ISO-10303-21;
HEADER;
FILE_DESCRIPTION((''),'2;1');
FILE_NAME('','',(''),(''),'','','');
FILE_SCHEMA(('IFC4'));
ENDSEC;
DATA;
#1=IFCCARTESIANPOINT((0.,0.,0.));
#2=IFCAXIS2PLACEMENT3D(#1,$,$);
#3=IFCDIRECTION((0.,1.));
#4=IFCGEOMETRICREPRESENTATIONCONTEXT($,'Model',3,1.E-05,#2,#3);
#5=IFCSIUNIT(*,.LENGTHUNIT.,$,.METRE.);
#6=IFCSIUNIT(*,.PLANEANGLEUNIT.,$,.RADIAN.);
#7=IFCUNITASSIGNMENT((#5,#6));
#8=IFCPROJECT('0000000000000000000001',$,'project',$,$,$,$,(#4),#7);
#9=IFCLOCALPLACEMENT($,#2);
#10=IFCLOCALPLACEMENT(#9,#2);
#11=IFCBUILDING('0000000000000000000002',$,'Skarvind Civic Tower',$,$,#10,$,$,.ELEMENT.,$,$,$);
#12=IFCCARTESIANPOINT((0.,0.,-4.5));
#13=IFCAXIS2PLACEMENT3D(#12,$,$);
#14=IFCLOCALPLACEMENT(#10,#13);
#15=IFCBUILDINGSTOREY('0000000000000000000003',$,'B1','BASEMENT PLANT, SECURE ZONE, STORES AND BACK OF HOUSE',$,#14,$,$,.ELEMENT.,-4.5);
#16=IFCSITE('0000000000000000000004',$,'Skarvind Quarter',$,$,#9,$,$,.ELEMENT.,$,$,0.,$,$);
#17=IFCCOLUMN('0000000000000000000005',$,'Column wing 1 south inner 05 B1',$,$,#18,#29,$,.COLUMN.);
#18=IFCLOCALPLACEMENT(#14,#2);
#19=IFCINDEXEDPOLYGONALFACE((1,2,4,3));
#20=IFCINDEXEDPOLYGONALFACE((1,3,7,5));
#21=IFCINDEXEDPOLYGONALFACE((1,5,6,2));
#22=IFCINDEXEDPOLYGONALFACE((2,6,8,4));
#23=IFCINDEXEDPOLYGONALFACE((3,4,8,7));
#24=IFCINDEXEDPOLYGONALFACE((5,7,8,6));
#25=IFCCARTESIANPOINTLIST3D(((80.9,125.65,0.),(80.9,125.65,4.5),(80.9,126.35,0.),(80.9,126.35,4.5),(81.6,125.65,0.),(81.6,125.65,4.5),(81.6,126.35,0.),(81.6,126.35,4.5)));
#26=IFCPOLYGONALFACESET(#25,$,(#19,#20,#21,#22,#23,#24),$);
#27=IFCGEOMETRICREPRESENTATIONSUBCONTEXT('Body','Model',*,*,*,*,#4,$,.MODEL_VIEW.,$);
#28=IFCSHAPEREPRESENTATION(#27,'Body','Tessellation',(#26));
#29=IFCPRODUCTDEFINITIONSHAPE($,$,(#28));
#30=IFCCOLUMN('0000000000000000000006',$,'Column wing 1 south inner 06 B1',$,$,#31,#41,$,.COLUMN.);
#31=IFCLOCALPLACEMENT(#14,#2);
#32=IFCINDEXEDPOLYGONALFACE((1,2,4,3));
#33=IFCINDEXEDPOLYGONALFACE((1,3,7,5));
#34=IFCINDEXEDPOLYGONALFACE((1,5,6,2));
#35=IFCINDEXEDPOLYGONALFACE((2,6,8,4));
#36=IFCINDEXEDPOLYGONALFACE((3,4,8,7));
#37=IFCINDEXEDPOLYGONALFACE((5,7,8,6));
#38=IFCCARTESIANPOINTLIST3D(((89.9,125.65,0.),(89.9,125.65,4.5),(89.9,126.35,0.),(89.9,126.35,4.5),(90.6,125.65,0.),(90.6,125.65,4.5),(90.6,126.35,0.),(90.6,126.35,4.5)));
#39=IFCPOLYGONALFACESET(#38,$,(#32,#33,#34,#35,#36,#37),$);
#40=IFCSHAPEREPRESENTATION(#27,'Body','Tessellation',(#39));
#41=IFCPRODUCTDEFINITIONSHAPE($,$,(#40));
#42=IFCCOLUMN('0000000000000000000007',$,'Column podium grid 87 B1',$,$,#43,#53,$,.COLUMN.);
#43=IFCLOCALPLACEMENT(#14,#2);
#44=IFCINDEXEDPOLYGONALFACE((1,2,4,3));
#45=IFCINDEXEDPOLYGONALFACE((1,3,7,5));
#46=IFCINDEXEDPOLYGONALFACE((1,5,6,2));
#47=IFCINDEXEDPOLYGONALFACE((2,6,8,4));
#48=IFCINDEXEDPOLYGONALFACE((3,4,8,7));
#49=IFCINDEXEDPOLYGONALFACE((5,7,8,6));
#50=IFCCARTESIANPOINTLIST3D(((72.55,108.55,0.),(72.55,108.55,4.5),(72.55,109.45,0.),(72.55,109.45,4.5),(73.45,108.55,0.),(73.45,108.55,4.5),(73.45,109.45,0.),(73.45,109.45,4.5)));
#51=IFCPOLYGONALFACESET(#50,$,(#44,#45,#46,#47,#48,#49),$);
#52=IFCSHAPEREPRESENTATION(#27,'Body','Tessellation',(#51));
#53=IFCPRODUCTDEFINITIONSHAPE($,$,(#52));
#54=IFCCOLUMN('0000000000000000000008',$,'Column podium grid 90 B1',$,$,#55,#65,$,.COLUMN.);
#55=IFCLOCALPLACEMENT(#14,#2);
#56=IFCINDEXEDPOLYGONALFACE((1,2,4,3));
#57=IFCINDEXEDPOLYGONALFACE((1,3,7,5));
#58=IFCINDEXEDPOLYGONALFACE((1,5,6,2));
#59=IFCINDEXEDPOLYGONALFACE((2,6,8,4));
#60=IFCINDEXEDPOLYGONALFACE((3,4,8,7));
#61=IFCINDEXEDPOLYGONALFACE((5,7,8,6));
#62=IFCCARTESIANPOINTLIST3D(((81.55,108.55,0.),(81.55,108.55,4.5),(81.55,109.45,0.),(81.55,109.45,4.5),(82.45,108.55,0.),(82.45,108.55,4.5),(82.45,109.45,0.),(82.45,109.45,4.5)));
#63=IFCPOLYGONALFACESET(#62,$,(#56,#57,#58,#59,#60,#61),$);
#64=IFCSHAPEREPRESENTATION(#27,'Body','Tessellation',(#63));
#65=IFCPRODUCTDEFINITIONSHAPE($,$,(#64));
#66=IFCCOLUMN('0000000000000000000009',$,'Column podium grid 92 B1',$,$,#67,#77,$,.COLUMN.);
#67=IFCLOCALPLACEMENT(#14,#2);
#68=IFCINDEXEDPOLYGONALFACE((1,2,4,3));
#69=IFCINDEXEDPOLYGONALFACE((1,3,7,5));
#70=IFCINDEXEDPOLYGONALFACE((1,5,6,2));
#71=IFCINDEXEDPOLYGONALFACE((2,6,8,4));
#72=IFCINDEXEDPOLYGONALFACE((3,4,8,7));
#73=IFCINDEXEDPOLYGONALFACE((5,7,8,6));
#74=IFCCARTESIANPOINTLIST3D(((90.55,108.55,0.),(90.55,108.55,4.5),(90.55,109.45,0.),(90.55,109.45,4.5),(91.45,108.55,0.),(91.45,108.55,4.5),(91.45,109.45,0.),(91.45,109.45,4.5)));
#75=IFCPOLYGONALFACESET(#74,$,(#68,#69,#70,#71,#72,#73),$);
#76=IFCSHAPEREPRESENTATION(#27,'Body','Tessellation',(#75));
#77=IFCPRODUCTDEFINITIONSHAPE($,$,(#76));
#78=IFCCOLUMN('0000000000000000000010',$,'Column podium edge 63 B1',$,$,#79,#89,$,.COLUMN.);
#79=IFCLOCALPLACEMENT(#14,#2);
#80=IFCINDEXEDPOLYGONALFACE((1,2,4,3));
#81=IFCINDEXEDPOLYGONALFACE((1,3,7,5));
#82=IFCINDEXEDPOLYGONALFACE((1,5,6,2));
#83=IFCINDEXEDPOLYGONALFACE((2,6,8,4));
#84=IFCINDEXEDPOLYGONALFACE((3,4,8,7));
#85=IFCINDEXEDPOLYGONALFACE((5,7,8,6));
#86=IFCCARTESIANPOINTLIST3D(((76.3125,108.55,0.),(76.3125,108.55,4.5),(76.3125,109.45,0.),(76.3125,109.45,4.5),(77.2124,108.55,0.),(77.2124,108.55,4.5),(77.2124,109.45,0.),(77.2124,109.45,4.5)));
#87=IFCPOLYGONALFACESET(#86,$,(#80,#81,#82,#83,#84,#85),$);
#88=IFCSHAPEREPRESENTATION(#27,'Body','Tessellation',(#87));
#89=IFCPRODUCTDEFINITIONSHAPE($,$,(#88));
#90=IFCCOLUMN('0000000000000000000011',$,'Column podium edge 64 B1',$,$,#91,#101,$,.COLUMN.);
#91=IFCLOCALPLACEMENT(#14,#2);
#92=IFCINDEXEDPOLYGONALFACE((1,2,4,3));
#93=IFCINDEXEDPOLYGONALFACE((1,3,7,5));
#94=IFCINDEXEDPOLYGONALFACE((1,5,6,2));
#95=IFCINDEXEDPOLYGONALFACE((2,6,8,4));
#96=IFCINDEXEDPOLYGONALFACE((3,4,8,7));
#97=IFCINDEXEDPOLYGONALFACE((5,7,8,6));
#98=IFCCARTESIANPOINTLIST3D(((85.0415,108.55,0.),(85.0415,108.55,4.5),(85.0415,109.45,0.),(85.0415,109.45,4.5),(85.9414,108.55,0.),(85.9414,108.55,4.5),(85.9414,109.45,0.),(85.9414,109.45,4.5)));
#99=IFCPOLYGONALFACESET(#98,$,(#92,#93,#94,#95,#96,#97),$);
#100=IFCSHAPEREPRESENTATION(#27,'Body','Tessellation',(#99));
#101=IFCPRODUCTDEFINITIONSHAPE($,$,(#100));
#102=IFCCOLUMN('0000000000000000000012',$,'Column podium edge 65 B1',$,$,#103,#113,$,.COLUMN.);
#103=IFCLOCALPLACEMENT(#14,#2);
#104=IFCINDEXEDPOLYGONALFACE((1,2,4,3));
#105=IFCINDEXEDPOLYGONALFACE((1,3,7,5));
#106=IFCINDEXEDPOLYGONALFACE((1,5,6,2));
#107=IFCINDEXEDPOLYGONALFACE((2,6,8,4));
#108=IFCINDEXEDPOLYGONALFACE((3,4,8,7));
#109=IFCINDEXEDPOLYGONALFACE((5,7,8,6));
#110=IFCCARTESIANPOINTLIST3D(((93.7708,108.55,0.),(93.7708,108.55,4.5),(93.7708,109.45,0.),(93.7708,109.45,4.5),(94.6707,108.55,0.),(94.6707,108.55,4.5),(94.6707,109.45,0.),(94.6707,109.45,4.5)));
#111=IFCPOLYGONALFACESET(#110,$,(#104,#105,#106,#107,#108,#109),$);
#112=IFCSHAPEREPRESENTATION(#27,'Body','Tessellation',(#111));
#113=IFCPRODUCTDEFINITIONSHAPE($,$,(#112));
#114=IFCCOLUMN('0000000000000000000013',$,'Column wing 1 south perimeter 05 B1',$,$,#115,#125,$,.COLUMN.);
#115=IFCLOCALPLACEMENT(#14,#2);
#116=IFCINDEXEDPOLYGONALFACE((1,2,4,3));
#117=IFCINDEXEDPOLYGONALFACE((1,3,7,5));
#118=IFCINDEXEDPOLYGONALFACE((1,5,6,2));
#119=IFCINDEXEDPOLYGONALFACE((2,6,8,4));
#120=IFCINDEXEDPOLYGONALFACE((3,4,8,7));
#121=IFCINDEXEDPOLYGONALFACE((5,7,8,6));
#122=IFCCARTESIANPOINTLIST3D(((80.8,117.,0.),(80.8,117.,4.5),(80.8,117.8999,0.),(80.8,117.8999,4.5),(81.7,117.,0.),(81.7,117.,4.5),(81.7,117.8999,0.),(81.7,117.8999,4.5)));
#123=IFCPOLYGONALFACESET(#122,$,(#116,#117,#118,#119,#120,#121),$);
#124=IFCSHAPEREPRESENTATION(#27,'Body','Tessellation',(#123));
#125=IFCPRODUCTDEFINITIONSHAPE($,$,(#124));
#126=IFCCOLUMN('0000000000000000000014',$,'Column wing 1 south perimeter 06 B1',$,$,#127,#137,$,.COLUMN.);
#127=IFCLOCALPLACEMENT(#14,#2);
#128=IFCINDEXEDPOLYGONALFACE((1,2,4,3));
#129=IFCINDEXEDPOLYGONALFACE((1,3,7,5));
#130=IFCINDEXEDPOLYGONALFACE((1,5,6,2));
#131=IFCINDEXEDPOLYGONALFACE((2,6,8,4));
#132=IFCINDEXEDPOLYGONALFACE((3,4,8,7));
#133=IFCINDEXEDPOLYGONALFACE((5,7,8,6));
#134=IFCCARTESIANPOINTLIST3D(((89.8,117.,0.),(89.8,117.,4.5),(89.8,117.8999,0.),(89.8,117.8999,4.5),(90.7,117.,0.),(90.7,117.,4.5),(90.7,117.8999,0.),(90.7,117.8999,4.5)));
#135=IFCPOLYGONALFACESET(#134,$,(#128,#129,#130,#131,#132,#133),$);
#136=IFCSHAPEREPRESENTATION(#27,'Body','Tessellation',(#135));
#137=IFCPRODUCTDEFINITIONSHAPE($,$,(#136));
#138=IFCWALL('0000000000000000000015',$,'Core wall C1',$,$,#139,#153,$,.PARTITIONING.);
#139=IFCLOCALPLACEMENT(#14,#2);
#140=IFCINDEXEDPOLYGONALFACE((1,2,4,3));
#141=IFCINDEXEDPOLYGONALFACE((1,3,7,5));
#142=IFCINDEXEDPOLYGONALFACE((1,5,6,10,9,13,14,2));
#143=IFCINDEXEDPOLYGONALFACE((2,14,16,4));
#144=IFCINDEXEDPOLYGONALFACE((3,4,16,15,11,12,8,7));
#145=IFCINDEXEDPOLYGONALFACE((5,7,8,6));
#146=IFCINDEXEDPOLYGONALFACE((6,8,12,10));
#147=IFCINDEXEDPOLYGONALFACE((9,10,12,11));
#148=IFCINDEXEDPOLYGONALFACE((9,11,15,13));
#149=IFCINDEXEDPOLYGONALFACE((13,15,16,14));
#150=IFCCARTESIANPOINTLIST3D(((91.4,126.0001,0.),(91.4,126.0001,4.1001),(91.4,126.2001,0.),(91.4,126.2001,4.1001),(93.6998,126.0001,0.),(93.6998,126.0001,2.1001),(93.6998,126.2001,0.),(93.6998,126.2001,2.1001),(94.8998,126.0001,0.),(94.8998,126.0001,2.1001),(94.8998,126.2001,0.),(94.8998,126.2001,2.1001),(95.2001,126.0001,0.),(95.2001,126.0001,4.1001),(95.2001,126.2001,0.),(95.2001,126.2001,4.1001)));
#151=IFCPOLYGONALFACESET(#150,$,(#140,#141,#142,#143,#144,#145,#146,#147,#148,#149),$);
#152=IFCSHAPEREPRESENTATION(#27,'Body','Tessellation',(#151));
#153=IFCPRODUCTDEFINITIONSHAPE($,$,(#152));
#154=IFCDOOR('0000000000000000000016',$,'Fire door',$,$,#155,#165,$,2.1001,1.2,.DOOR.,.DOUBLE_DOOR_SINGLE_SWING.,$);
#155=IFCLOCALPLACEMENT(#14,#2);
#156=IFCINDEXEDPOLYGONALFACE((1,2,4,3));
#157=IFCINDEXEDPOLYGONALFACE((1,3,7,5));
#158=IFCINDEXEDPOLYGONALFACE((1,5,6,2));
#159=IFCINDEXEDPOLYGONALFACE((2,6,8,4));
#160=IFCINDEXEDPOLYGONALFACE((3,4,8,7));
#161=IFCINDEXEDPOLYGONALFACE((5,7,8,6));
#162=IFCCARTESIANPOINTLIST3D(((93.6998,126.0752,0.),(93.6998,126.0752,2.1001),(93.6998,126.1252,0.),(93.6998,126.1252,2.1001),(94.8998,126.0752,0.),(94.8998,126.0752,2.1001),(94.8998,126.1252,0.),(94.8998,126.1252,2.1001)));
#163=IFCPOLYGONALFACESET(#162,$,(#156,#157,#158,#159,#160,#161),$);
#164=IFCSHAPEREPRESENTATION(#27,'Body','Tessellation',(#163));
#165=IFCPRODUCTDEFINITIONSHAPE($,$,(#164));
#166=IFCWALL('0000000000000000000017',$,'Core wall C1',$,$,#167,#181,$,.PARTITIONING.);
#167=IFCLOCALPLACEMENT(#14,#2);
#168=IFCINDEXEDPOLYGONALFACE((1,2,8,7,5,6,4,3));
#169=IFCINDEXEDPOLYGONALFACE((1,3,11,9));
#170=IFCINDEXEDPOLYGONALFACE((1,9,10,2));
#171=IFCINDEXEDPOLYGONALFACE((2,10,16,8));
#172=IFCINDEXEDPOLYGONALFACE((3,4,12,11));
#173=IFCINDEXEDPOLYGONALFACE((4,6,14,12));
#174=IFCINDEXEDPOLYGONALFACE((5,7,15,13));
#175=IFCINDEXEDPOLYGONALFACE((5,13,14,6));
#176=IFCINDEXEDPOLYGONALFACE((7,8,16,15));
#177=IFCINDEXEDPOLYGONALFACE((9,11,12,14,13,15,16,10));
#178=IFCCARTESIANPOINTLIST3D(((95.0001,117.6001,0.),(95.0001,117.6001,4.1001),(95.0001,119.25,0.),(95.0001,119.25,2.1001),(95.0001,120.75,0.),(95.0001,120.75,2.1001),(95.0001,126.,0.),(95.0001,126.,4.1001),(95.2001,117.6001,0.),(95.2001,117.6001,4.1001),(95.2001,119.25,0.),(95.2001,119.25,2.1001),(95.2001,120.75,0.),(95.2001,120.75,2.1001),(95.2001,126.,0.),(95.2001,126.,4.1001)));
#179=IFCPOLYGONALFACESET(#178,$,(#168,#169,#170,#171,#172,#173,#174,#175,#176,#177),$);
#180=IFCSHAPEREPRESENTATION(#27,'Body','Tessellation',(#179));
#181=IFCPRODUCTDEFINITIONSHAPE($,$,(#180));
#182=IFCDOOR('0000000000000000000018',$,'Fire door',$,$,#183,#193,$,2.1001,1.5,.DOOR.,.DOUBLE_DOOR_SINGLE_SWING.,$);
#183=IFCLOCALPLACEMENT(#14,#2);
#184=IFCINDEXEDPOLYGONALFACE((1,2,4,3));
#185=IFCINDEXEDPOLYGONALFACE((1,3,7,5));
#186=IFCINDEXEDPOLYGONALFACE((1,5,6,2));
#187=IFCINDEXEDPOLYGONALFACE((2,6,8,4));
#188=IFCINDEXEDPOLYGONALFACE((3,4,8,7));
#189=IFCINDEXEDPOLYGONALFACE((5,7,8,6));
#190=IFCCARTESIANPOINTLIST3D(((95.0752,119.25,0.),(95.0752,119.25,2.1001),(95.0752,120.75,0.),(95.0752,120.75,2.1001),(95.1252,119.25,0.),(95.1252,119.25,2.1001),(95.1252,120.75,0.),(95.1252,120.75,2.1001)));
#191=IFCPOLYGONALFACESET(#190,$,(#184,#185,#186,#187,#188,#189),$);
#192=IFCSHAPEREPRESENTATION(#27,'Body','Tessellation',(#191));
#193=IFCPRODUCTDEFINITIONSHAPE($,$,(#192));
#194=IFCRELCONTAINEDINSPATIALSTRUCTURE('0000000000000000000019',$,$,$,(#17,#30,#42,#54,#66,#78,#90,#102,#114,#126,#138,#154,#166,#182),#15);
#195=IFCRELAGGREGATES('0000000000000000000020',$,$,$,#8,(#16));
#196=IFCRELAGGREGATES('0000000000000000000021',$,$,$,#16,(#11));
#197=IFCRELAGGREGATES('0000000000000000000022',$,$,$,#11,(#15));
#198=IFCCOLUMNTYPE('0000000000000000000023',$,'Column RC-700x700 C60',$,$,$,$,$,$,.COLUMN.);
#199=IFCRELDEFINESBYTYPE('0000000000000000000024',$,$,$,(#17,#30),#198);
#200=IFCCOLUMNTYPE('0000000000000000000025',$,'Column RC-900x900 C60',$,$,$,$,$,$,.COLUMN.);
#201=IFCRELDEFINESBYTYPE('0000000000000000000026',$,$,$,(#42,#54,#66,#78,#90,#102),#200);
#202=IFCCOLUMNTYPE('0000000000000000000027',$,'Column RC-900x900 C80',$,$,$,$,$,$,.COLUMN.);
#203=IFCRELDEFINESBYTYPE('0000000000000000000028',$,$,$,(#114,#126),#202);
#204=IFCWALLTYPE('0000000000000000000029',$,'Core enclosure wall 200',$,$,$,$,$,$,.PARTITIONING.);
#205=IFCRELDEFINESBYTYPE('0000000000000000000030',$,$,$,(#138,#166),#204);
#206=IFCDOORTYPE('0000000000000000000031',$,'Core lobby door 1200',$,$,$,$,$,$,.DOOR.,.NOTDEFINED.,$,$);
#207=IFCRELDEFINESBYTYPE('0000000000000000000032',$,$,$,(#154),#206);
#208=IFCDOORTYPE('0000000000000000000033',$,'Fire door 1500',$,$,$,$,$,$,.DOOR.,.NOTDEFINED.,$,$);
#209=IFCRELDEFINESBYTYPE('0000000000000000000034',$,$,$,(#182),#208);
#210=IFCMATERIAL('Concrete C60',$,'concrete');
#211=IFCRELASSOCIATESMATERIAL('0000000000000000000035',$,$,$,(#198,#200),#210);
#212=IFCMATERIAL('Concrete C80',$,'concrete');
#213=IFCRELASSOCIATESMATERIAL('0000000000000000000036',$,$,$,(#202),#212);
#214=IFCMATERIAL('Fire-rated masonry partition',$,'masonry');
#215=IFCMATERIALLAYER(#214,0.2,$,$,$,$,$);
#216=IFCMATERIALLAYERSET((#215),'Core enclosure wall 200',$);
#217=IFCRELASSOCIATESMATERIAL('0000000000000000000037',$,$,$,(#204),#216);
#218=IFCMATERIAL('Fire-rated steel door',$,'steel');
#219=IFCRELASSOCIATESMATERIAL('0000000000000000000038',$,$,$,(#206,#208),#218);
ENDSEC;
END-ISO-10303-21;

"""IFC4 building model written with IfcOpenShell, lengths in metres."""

from ifc_helpers import new_model, si_unit, direction, frame, frame_2d, origin, origin_2d, place, context, subcontext, project, spatial, rectangle, extrude, material, layer, layer_set, material_profile, profile_set, type_object, element, fill, save


model = new_model("IFC4")

# Units and contexts
model_context = context("Model", 3, precision=1e-05, world=origin(), true_north=direction((0.0, 1.0)))
body_context = subcontext(model_context, "Body", "Model", "MODEL_VIEW")
ifc_project = project(units=[si_unit("LENGTHUNIT", "METRE"), si_unit("PLANEANGLEUNIT", "RADIAN")], contexts=[model_context])

# Site, building, storey
site_placement = place(None, origin())
site = spatial("IfcSite", under=ifc_project, at=site_placement, Name="Skarvind Quarter", CompositionType="ELEMENT", RefElevation=0.0)
building_placement = place(site_placement, origin())
building = spatial("IfcBuilding", under=site, at=building_placement, Name="Skarvind Civic Tower", CompositionType="ELEMENT")
storey_placement = place(building_placement, frame((0.0, 0.0, -4.5)))
storey = spatial("IfcBuildingStorey", under=building, at=storey_placement, Name="B1", Description="BASEMENT PLANT, SECURE ZONE, STORES AND BACK OF HOUSE", CompositionType="ELEMENT", Elevation=-4.5)

# Columns
ifc_material_1 = material(Name="Concrete C60", Category="concrete")
ifc_material_profile_1 = material_profile(ifc_material_1, rectangle(XDim=0.7, YDim=0.7, at=origin_2d()), Name="RC-700x700")
ifc_profile_set_1 = profile_set([ifc_material_profile_1], Name="Concrete C60")
column_type_1 = type_object("IfcColumnType", Name="Column RC-700x700 C60", PredefinedType="COLUMN", material=ifc_profile_set_1)
for number, where, z_axis, x_axis, name in (
    (1, (81.25, 126.0, 0.0), (0.0, 0.0, 1.0), (1.0, 0.0, 0.0), "Column wing 1 south inner 05 B1"),
    (2, (90.25, 126.0, 0.0), (0.0, 0.0, 1.0), (1.0, 0.0, 0.0), "Column wing 1 south inner 06 B1"),
):
    element("IfcColumn", number, at=place(storey_placement, frame(where, z_axis=z_axis, x_axis=x_axis)), inside=storey, type_object=column_type_1, Name=name, PredefinedType="COLUMN", context=body_context, shape_type="SweptSolid", body=[
        extrude(rectangle(XDim=0.7, YDim=0.7, at=origin_2d()), origin(), (0.0, 0.0, 1.0), 4.5),
    ])
ifc_material_profile_2 = material_profile(ifc_material_1, rectangle(XDim=0.8999, YDim=0.8999, at=origin_2d()), Name="RC-900x900")
ifc_profile_set_2 = profile_set([ifc_material_profile_2], Name="Concrete C60")
column_type_2 = type_object("IfcColumnType", Name="Column RC-900x900 C60", PredefinedType="COLUMN", material=ifc_profile_set_2)
for number, where, z_axis, x_axis, name in (
    (3, (73.0, 109.0, 0.0), (0.0, 0.0, 1.0), (1.0, 0.0, 0.0), "Column podium grid 87 B1"),
    (4, (82.0, 109.0, 0.0), (0.0, 0.0, 1.0), (1.0, 0.0, 0.0), "Column podium grid 90 B1"),
    (5, (91.0, 109.0, 0.0), (0.0, 0.0, 1.0), (1.0, 0.0, 0.0), "Column podium grid 92 B1"),
    (6, (76.7625, 109.0, 0.0), (0.0, 0.0, 1.0), (1.0, 0.0, 0.0), "Column podium edge 63 B1"),
    (7, (85.4915, 109.0, 0.0), (0.0, 0.0, 1.0), (1.0, 0.0, 0.0), "Column podium edge 64 B1"),
    (8, (94.2207, 109.0, 0.0), (0.0, 0.0, 1.0), (1.0, 0.0, 0.0), "Column podium edge 65 B1"),
):
    element("IfcColumn", number, at=place(storey_placement, frame(where, z_axis=z_axis, x_axis=x_axis)), inside=storey, type_object=column_type_2, Name=name, PredefinedType="COLUMN", context=body_context, shape_type="SweptSolid", body=[
        extrude(rectangle(XDim=0.8999, YDim=0.8999, at=origin_2d()), origin(), (0.0, 0.0, 1.0), 4.5),
    ])
ifc_material_2 = material(Name="Concrete C80", Category="concrete")
ifc_material_profile_3 = material_profile(ifc_material_2, rectangle(XDim=0.8999, YDim=0.8999, at=origin_2d()), Name="RC-900x900")
ifc_profile_set_3 = profile_set([ifc_material_profile_3], Name="Concrete C80")
column_type_3 = type_object("IfcColumnType", Name="Column RC-900x900 C80", PredefinedType="COLUMN", material=ifc_profile_set_3)
for number, where, z_axis, x_axis, name in (
    (9, (81.25, 117.45, 0.0), (0.0, 0.0, 1.0), (1.0, 0.0, 0.0), "Column wing 1 south perimeter 05 B1"),
    (10, (90.25, 117.45, 0.0), (0.0, 0.0, 1.0), (1.0, 0.0, 0.0), "Column wing 1 south perimeter 06 B1"),
):
    element("IfcColumn", number, at=place(storey_placement, frame(where, z_axis=z_axis, x_axis=x_axis)), inside=storey, type_object=column_type_3, Name=name, PredefinedType="COLUMN", context=body_context, shape_type="SweptSolid", body=[
        extrude(rectangle(XDim=0.8999, YDim=0.8999, at=origin_2d()), origin(), (0.0, 0.0, 1.0), 4.5),
    ])

# Walls, openings, doors
ifc_material_3 = material(Name="Fire-rated masonry partition", Category="masonry")
ifc_layer_1 = layer(ifc_material_3, 0.2)
ifc_layer_set_1 = layer_set([ifc_layer_1], Name="Core enclosure wall 200")
wall_type_1 = type_object("IfcWallType", Name="Core enclosure wall 200", PredefinedType="PARTITIONING", material=ifc_layer_set_1)
wall_1_placement = place(storey_placement, frame((95.2, 126.1001, 0.0), z_axis=(0.0, 0.0, 1.0), x_axis=(-1.0, 0.0, 0.0)))
wall_1 = element("IfcWall", 11, at=wall_1_placement, inside=storey, type_object=wall_type_1, Name="Core wall C1", PredefinedType="PARTITIONING", context=body_context, shape_type="SweptSolid", body=[
    extrude(rectangle(XDim=3.8, YDim=0.2, at=frame_2d((1.8999, 0.0))), origin(), (0.0, 0.0, 1.0), 4.1001),
])
opening_1_placement = place(wall_1_placement, frame((0.3, 0.0, 0.0)))
opening_1 = element("IfcOpeningElement", 12, at=opening_1_placement, cuts=wall_1, PredefinedType="OPENING", context=body_context, shape_type="SweptSolid", body=[
    extrude(rectangle(XDim=1.2, YDim=2.1001, at=frame_2d((0.6001, 1.05))), frame((0.0, 0.1099, 0.0), z_axis=(0.0, -1.0, 0.0), x_axis=(1.0, 0.0, 0.0)), (0.0, 0.0, 1.0), 0.22),
])
ifc_material_4 = material(Name="Fire-rated steel door", Category="steel")
door_type_1 = type_object("IfcDoorType", Name="Core lobby door 1200", OperationType="NOTDEFINED", PredefinedType="DOOR", material=ifc_material_4)
door_1_placement = place(opening_1_placement, origin())
door_1 = element("IfcDoor", 13, at=door_1_placement, inside=storey, type_object=door_type_1, Name="Fire door", OperationType="DOUBLE_DOOR_SINGLE_SWING", OverallHeight=2.1001, OverallWidth=1.2, PredefinedType="DOOR", context=body_context, shape_type="SweptSolid", body=[
    extrude(rectangle(XDim=1.2, YDim=2.1001, at=frame_2d((0.6001, 1.05))), frame((0.0, 0.0249, 0.0), z_axis=(0.0, -1.0, 0.0), x_axis=(1.0, 0.0, 0.0)), (0.0, 0.0, 1.0), 0.05),
])
fill(opening_1, door_1)
wall_2_placement = place(storey_placement, frame((95.1001, 117.6001, 0.0), z_axis=(0.0, 0.0, 1.0), x_axis=(0.0, 1.0, 0.0)))
wall_2 = element("IfcWall", 14, at=wall_2_placement, inside=storey, type_object=wall_type_1, Name="Core wall C1", PredefinedType="PARTITIONING", context=body_context, shape_type="SweptSolid", body=[
    extrude(rectangle(XDim=8.3999, YDim=0.2, at=frame_2d((4.2, 0.0))), origin(), (0.0, 0.0, 1.0), 4.1001),
])
opening_2_placement = place(wall_2_placement, frame((1.6499, 0.0, 0.0)))
opening_2 = element("IfcOpeningElement", 15, at=opening_2_placement, cuts=wall_2, PredefinedType="OPENING", context=body_context, shape_type="SweptSolid", body=[
    extrude(rectangle(XDim=1.5, YDim=2.1001, at=frame_2d((0.75, 1.05))), frame((0.0, 0.1099, 0.0), z_axis=(0.0, -1.0, 0.0), x_axis=(1.0, 0.0, 0.0)), (0.0, 0.0, 1.0), 0.22),
])
door_type_2 = type_object("IfcDoorType", Name="Fire door 1500", OperationType="NOTDEFINED", PredefinedType="DOOR", material=ifc_material_4)
door_2_placement = place(opening_2_placement, origin())
door_2 = element("IfcDoor", 16, at=door_2_placement, inside=storey, type_object=door_type_2, Name="Fire door", OperationType="DOUBLE_DOOR_SINGLE_SWING", OverallHeight=2.1001, OverallWidth=1.5, PredefinedType="DOOR", context=body_context, shape_type="SweptSolid", body=[
    extrude(rectangle(XDim=1.5, YDim=2.1001, at=frame_2d((0.75, 1.05))), frame((0.0, 0.0249, 0.0), z_axis=(0.0, -1.0, 0.0), x_axis=(1.0, 0.0, 0.0)), (0.0, 0.0, 1.0), 0.05),
])
fill(opening_2, door_2)

save(model, "model.ifc")
